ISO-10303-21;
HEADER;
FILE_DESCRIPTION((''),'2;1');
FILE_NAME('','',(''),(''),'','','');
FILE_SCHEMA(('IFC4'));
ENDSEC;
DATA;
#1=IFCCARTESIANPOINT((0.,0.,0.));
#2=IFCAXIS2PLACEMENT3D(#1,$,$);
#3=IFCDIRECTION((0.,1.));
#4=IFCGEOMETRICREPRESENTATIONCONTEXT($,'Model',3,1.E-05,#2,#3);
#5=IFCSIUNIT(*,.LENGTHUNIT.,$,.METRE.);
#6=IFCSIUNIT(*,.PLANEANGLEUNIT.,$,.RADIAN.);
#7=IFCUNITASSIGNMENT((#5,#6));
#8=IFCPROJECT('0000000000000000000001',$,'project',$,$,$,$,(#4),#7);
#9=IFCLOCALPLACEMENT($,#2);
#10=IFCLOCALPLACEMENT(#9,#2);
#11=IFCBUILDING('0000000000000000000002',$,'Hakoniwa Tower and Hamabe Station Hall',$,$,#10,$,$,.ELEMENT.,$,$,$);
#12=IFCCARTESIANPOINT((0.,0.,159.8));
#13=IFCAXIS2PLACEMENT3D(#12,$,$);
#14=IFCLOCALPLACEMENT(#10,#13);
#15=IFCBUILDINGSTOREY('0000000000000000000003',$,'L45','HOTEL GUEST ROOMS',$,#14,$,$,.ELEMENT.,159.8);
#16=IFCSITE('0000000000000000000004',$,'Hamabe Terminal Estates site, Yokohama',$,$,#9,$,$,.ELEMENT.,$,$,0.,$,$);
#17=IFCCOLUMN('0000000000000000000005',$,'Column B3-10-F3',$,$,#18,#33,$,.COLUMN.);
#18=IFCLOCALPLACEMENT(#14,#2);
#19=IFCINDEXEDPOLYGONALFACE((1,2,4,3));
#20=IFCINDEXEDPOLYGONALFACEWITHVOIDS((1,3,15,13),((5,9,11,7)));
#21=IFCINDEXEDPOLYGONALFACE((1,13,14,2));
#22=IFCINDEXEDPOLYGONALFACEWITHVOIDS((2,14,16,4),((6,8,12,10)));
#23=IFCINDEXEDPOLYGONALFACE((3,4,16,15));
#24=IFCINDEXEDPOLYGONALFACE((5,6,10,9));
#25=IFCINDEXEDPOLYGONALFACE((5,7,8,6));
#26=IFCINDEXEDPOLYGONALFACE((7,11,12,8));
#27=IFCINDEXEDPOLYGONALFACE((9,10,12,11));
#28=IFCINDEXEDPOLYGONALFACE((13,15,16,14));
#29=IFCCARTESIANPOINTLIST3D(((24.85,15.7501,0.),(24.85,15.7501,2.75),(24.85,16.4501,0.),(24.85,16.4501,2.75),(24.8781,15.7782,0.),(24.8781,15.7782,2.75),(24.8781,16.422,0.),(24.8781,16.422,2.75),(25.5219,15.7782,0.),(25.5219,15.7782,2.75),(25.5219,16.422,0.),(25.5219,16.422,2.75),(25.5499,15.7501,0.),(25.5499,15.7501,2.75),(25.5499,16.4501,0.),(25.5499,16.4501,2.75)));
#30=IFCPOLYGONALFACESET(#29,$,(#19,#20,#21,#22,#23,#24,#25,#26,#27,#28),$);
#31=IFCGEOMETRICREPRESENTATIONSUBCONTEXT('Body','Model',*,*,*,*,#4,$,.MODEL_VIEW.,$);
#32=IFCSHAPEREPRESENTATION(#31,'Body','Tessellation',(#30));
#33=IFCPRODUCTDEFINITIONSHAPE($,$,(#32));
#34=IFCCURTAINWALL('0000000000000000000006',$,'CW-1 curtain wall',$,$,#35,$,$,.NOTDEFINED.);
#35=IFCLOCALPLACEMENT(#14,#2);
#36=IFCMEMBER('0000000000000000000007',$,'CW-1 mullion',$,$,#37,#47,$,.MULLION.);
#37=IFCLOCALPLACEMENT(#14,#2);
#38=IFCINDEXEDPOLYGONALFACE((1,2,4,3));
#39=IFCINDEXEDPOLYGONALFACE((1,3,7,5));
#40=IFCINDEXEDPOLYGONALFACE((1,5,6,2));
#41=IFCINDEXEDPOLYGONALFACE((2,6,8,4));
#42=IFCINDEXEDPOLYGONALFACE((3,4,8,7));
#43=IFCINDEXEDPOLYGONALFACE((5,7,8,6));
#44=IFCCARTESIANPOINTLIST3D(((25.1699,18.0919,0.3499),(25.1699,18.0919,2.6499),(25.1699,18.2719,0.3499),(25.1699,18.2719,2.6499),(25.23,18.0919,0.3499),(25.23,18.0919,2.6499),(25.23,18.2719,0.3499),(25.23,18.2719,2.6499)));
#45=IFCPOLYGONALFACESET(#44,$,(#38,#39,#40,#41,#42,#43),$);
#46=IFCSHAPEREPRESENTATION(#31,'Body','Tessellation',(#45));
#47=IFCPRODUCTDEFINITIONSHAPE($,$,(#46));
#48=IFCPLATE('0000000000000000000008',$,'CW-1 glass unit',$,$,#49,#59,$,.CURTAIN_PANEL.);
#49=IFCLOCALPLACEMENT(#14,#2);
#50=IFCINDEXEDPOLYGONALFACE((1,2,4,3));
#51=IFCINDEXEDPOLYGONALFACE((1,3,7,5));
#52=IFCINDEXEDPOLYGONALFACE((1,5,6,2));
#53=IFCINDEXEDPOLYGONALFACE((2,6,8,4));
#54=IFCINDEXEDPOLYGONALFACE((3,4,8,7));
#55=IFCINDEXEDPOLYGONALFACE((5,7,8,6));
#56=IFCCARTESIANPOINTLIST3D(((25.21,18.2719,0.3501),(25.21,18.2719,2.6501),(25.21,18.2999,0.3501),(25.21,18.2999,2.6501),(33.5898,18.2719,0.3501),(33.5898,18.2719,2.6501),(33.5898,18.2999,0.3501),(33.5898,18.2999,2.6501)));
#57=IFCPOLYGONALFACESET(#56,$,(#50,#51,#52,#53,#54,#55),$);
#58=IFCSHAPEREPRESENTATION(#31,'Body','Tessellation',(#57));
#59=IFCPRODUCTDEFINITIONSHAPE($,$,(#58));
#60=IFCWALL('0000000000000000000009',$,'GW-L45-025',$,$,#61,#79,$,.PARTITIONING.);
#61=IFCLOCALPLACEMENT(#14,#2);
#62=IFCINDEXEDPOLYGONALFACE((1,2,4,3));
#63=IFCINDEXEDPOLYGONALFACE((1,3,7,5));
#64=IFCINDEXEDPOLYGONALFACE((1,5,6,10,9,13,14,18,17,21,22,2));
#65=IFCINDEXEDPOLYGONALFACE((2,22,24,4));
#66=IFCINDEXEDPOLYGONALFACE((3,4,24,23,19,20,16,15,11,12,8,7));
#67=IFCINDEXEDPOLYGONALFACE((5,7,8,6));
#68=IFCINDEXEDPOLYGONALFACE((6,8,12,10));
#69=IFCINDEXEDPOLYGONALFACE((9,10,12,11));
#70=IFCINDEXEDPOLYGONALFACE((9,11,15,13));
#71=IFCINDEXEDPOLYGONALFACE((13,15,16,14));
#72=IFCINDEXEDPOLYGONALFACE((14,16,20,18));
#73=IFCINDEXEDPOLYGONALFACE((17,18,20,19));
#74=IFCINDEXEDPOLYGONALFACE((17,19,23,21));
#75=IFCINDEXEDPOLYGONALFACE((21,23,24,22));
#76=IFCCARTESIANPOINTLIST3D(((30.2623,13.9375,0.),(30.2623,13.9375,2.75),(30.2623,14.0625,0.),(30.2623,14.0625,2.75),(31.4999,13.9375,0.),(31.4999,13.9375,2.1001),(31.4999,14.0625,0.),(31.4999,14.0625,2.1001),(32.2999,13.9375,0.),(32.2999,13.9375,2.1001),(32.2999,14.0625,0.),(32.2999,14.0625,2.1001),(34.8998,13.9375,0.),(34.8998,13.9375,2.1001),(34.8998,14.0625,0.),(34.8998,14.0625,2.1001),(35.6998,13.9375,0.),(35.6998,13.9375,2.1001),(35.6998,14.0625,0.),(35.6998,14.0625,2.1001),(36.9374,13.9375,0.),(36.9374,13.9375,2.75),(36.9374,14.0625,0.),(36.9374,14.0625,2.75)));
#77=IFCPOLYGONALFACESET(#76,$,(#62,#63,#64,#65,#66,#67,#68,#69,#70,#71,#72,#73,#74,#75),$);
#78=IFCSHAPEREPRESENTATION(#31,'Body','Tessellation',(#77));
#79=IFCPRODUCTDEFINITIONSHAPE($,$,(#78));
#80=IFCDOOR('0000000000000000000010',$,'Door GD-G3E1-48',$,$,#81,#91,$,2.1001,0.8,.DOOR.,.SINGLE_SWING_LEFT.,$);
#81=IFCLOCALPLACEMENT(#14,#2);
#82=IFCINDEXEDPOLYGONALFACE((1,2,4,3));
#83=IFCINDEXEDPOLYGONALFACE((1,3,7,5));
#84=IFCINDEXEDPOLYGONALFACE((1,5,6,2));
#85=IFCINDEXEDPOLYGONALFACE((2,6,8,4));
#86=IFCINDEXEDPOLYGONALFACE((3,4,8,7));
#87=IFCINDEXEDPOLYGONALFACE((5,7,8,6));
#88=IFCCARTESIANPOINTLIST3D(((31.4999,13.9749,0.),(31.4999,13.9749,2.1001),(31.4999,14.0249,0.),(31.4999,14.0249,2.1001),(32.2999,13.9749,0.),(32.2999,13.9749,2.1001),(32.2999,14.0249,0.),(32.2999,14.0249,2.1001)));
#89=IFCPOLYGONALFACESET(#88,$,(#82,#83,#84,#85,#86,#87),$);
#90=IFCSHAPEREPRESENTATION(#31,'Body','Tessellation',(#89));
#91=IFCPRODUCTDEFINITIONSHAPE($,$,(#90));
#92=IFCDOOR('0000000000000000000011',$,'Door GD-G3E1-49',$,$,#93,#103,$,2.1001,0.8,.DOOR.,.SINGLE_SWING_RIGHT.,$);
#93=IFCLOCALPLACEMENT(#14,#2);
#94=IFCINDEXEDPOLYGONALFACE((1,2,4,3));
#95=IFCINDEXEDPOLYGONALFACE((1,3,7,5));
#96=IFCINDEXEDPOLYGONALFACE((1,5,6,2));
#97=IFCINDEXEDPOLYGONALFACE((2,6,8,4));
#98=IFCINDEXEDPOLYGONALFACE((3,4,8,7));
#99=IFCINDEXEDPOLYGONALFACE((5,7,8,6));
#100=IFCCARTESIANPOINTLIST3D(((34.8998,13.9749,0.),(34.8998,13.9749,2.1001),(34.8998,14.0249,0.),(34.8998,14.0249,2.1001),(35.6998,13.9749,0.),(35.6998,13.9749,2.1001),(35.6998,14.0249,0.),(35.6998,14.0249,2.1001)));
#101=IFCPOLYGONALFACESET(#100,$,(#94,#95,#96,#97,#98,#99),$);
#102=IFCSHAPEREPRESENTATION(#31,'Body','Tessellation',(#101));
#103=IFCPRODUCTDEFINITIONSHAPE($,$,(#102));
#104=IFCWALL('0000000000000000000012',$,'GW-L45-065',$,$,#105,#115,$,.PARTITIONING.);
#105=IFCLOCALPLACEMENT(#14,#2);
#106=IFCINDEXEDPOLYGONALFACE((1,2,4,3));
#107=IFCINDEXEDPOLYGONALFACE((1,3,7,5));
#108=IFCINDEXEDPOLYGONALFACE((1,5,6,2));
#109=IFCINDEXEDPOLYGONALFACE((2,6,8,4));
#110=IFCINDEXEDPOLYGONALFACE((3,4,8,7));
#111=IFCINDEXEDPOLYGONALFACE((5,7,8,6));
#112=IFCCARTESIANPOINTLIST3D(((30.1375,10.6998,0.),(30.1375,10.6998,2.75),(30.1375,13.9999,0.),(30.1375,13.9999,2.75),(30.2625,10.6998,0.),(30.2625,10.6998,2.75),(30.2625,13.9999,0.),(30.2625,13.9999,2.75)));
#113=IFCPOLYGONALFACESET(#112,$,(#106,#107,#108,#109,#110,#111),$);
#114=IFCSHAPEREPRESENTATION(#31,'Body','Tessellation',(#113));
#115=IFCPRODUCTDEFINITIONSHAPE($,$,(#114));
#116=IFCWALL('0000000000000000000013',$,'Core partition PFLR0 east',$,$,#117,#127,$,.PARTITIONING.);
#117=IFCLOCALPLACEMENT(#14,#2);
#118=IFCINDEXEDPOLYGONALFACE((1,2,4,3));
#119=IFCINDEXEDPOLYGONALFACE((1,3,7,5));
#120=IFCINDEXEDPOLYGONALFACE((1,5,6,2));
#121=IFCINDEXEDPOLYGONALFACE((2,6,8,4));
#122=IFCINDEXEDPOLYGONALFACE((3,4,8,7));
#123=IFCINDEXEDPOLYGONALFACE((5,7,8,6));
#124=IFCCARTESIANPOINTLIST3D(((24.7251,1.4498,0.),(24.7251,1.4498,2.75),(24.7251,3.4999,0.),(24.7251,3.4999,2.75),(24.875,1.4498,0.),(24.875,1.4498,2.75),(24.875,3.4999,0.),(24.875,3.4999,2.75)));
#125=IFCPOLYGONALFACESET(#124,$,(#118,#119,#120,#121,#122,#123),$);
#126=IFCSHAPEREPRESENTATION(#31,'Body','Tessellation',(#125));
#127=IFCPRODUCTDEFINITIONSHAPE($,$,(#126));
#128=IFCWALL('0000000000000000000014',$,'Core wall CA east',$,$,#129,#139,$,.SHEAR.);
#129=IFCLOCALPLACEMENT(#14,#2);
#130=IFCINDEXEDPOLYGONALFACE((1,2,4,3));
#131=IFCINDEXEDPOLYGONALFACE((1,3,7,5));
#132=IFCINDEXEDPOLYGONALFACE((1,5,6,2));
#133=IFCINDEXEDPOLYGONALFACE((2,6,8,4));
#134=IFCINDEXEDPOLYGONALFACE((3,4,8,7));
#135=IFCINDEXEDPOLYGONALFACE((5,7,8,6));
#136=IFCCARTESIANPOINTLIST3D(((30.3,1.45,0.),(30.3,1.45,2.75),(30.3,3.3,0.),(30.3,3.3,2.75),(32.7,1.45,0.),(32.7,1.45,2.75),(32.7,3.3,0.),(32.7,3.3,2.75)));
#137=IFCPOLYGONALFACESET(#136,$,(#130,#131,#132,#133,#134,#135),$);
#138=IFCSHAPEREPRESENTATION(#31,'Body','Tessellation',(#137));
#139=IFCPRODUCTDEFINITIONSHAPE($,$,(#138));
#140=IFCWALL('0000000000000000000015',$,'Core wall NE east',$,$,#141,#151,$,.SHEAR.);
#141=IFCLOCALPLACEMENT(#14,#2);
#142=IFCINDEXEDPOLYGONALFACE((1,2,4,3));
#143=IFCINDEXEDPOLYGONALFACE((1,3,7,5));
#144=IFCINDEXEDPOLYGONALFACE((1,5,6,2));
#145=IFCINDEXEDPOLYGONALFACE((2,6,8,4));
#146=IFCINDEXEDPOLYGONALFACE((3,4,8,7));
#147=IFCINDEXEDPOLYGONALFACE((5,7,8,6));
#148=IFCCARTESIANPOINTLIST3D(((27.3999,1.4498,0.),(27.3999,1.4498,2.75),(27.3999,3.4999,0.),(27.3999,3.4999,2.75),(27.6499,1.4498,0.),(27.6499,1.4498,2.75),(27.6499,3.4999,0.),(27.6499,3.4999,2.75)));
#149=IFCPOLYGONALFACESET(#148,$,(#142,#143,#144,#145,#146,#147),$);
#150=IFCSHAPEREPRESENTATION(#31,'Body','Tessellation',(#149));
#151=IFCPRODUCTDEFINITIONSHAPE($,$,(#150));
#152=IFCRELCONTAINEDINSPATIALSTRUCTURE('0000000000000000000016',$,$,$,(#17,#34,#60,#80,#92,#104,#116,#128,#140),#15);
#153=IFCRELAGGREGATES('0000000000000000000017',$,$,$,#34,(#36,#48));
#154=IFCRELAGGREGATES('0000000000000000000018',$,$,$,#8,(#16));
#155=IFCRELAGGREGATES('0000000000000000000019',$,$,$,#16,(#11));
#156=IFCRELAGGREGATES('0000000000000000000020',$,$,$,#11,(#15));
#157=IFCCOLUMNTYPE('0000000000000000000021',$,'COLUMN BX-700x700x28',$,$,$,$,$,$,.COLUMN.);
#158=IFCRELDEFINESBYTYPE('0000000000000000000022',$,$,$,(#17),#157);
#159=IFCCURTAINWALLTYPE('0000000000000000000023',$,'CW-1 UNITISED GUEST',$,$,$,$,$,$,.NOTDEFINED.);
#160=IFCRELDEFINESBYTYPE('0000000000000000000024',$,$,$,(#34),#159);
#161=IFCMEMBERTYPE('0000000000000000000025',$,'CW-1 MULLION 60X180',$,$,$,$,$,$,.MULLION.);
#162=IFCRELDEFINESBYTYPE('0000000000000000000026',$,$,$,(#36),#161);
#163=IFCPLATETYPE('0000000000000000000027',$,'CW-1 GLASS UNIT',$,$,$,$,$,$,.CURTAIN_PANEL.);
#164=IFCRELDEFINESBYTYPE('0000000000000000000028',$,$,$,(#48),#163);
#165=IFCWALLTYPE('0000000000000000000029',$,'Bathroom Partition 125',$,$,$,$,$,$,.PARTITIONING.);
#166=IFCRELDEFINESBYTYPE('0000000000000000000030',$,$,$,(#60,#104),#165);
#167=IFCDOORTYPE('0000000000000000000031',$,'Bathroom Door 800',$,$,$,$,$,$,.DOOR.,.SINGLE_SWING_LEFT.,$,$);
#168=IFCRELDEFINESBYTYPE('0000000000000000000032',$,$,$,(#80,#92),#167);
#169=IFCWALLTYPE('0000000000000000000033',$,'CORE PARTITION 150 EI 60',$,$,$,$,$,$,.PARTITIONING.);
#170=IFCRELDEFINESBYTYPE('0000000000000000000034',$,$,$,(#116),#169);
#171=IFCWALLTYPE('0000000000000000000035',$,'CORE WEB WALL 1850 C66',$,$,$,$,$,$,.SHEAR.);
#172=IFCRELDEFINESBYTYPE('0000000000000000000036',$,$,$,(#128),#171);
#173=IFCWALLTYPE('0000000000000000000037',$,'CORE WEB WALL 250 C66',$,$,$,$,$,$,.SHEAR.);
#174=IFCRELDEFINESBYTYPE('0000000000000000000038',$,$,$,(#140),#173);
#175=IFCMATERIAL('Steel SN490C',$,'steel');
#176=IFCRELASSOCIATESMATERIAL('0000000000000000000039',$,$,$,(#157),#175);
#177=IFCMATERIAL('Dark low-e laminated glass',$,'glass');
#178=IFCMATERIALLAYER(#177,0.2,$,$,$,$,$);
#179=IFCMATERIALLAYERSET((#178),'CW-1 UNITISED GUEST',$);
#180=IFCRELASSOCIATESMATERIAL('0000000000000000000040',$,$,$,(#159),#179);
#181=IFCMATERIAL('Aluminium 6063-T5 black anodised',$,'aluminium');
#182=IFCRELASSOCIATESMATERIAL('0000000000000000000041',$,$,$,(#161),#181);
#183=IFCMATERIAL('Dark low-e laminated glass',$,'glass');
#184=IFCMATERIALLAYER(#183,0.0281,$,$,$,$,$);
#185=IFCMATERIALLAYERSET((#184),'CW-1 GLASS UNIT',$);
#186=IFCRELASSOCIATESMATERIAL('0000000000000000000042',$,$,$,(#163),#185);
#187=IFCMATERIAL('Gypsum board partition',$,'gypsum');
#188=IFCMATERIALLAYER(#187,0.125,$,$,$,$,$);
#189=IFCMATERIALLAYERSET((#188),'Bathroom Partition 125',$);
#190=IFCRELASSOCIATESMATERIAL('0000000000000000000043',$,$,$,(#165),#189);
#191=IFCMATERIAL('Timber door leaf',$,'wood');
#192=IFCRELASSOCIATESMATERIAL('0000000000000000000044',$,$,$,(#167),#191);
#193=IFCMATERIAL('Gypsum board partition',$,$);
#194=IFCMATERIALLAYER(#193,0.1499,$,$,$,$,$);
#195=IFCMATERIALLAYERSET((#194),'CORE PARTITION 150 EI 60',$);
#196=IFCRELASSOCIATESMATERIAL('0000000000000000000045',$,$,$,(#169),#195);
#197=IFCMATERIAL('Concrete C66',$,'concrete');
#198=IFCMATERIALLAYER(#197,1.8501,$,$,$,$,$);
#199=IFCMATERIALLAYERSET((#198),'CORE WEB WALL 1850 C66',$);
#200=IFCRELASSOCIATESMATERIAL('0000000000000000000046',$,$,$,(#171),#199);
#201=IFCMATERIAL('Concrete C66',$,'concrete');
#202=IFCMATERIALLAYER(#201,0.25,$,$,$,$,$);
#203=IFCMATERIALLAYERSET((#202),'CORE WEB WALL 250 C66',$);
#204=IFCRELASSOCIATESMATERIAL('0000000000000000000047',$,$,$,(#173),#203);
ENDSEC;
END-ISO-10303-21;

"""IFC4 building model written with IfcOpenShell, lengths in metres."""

from ifc_helpers import new_model, si_unit, direction, frame, frame_2d, origin, origin_2d, place, context, subcontext, project, spatial, rectangle, hollow_rectangle, extrude, material, layer, layer_set, material_profile, profile_set, type_object, element, fill, aggregate, save


model = new_model("IFC4")

# Units and contexts
model_context = context("Model", 3, precision=1e-05, world=origin(), true_north=direction((0.0, 1.0)))
body_context = subcontext(model_context, "Body", "Model", "MODEL_VIEW")
ifc_project = project(units=[si_unit("LENGTHUNIT", "METRE"), si_unit("PLANEANGLEUNIT", "RADIAN")], contexts=[model_context])

# Site, building, storey
site_placement = place(None, origin())
site = spatial("IfcSite", under=ifc_project, at=site_placement, Name="Hamabe Terminal Estates site, Yokohama", CompositionType="ELEMENT", RefElevation=0.0)
building_placement = place(site_placement, origin())
building = spatial("IfcBuilding", under=site, at=building_placement, Name="Hakoniwa Tower and Hamabe Station Hall", CompositionType="ELEMENT")
storey_placement = place(building_placement, frame((0.0, 0.0, 159.8)))
storey = spatial("IfcBuildingStorey", under=building, at=storey_placement, Name="L45", Description="HOTEL GUEST ROOMS", CompositionType="ELEMENT", Elevation=159.8)

# Column
ifc_material_1 = material(Name="Steel SN490C", Category="steel")
ifc_material_profile_1 = material_profile(ifc_material_1, hollow_rectangle(XDim=0.7, YDim=0.7, WallThickness=0.0281, at=origin_2d()), Name="BX-700x700x28")
ifc_profile_set_1 = profile_set([ifc_material_profile_1], Name="Steel SN490C")
column_type = type_object("IfcColumnType", Name="COLUMN BX-700x700x28", PredefinedType="COLUMN", material=ifc_profile_set_1)
column_placement = place(storey_placement, frame((25.2, 16.1001, 0.0), z_axis=(0.0, 0.0, 1.0), x_axis=(1.0, 0.0, 0.0)))
element("IfcColumn", 1, at=column_placement, inside=storey, type_object=column_type, Name="Column B3-10-F3", PredefinedType="COLUMN", context=body_context, shape_type="SweptSolid", body=[
    extrude(hollow_rectangle(XDim=0.7, YDim=0.7, WallThickness=0.0281, at=origin_2d()), origin(), (0.0, 0.0, 1.0), 2.75),
])

# Curtain wall, member, plate
ifc_material_2 = material(Name="Dark low-e laminated glass", Category="glass")
ifc_layer_1 = layer(ifc_material_2, 0.2)
ifc_layer_set_1 = layer_set([ifc_layer_1], Name="CW-1 UNITISED GUEST")
curtain_wall_type = type_object("IfcCurtainWallType", Name="CW-1 UNITISED GUEST", PredefinedType="NOTDEFINED", material=ifc_layer_set_1)
curtain_wall_placement = place(storey_placement, origin())
curtain_wall = element("IfcCurtainWall", 2, at=curtain_wall_placement, inside=storey, type_object=curtain_wall_type, Name="CW-1 curtain wall", PredefinedType="NOTDEFINED")
ifc_material_3 = material(Name="Aluminium 6063-T5 black anodised", Category="aluminium")
ifc_material_profile_2 = material_profile(ifc_material_3, rectangle(XDim=0.0601, YDim=0.1799, at=origin_2d()), Name="CW-1 MULLION 60X180")
ifc_profile_set_2 = profile_set([ifc_material_profile_2], Name="Aluminium 6063-T5 black anodised")
member_type = type_object("IfcMemberType", Name="CW-1 MULLION 60X180", PredefinedType="MULLION", material=ifc_profile_set_2)
member_placement = place(storey_placement, frame((25.2, 18.1819, 0.3499), z_axis=(0.0, 0.0, 1.0), x_axis=(-1.0, 0.0, 0.0)))
member = element("IfcMember", 3, at=member_placement, type_object=member_type, Name="CW-1 mullion", PredefinedType="MULLION", context=body_context, shape_type="SweptSolid", body=[
    extrude(rectangle(XDim=0.0601, YDim=0.1799, at=origin_2d()), origin(), (0.0, 0.0, 1.0), 2.3),
])
ifc_material_4 = material(Name="Dark low-e laminated glass", Category="glass")
ifc_layer_2 = layer(ifc_material_4, 0.0281)
ifc_layer_set_2 = layer_set([ifc_layer_2], Name="CW-1 GLASS UNIT")
plate_type = type_object("IfcPlateType", Name="CW-1 GLASS UNIT", PredefinedType="CURTAIN_PANEL", material=ifc_layer_set_2)
plate_placement = place(storey_placement, frame((29.3999, 18.2859, 0.3501), z_axis=(0.0, 0.0, 1.0), x_axis=(-1.0, 0.0, 0.0)))
plate = element("IfcPlate", 4, at=plate_placement, type_object=plate_type, Name="CW-1 glass unit", PredefinedType="CURTAIN_PANEL", context=body_context, shape_type="SweptSolid", body=[
    extrude(rectangle(XDim=8.3799, YDim=0.0281, at=origin_2d()), origin(), (0.0, 0.0, 1.0), 2.3),
])
aggregate(curtain_wall, [member, plate])

# Wall, openings, doors
ifc_material_5 = material(Name="Gypsum board partition", Category="gypsum")
ifc_layer_3 = layer(ifc_material_5, 0.125)
ifc_layer_set_3 = layer_set([ifc_layer_3], Name="Bathroom Partition 125")
wall_type_1 = type_object("IfcWallType", Name="Bathroom Partition 125", PredefinedType="PARTITIONING", material=ifc_layer_set_3)
wall_1_placement = place(storey_placement, frame((30.2625, 14.0, 0.0), z_axis=(0.0, 0.0, 1.0), x_axis=(1.0, 0.0, 0.0)))
wall_1 = element("IfcWall", 5, at=wall_1_placement, inside=storey, type_object=wall_type_1, Name="GW-L45-025", PredefinedType="PARTITIONING", context=body_context, shape_type="SweptSolid", body=[
    extrude(rectangle(XDim=6.675, YDim=0.125, at=frame_2d((3.3374, 0.0))), origin(), (0.0, 0.0, 1.0), 2.75),
])
opening_1_placement = place(wall_1_placement, frame((1.2375, 0.0, 0.0)))
opening_1 = element("IfcOpeningElement", 6, at=opening_1_placement, cuts=wall_1, PredefinedType="OPENING", context=body_context, shape_type="SweptSolid", body=[
    extrude(rectangle(XDim=0.8, YDim=2.1001, at=frame_2d((0.3999, 1.05))), frame((0.0, 0.0725, 0.0), z_axis=(0.0, -1.0, 0.0), x_axis=(1.0, 0.0, 0.0)), (0.0, 0.0, 1.0), 0.145),
])
opening_2_placement = place(wall_1_placement, frame((4.6375, 0.0, 0.0)))
opening_2 = element("IfcOpeningElement", 7, at=opening_2_placement, cuts=wall_1, PredefinedType="OPENING", context=body_context, shape_type="SweptSolid", body=[
    extrude(rectangle(XDim=0.8, YDim=2.1001, at=frame_2d((0.3999, 1.05))), frame((0.0, 0.0725, 0.0), z_axis=(0.0, -1.0, 0.0), x_axis=(1.0, 0.0, 0.0)), (0.0, 0.0, 1.0), 0.145),
])
ifc_material_6 = material(Name="Timber door leaf", Category="wood")
door_type_1 = type_object("IfcDoorType", Name="Bathroom Door 800", OperationType="SINGLE_SWING_LEFT", PredefinedType="DOOR", material=ifc_material_6)
door_1_placement = place(opening_1_placement, origin())
door_1 = element("IfcDoor", 8, at=door_1_placement, inside=storey, type_object=door_type_1, Name="Door GD-G3E1-48", OperationType="SINGLE_SWING_LEFT", OverallHeight=2.1001, OverallWidth=0.8, PredefinedType="DOOR", context=body_context, shape_type="SweptSolid", body=[
    extrude(rectangle(XDim=0.8, YDim=2.1001, at=frame_2d((0.3999, 1.05))), frame((0.0, 0.0249, 0.0), z_axis=(0.0, -1.0, 0.0), x_axis=(1.0, 0.0, 0.0)), (0.0, 0.0, 1.0), 0.05),
])
fill(opening_1, door_1)
door_2_placement = place(opening_2_placement, origin())
door_2 = element("IfcDoor", 9, at=door_2_placement, inside=storey, type_object=door_type_1, Name="Door GD-G3E1-49", OperationType="SINGLE_SWING_RIGHT", OverallHeight=2.1001, OverallWidth=0.8, PredefinedType="DOOR", context=body_context, shape_type="SweptSolid", body=[
    extrude(rectangle(XDim=0.8, YDim=2.1001, at=frame_2d((0.3999, 1.05))), frame((0.0, 0.0249, 0.0), z_axis=(0.0, -1.0, 0.0), x_axis=(1.0, 0.0, 0.0)), (0.0, 0.0, 1.0), 0.05),
])
fill(opening_2, door_2)

# Walls
wall_2_placement = place(storey_placement, frame((30.2, 10.7, 0.0), z_axis=(0.0, 0.0, 1.0), x_axis=(0.0, 1.0, 0.0)))
element("IfcWall", 10, at=wall_2_placement, inside=storey, type_object=wall_type_1, Name="GW-L45-065", PredefinedType="PARTITIONING", context=body_context, shape_type="SweptSolid", body=[
    extrude(rectangle(XDim=3.3, YDim=0.125, at=frame_2d((1.6499, 0.0))), origin(), (0.0, 0.0, 1.0), 2.75),
])
ifc_material_7 = material(Name="Gypsum board partition")
ifc_layer_4 = layer(ifc_material_7, 0.1499)
ifc_layer_set_4 = layer_set([ifc_layer_4], Name="CORE PARTITION 150 EI 60")
wall_type_2 = type_object("IfcWallType", Name="CORE PARTITION 150 EI 60", PredefinedType="PARTITIONING", material=ifc_layer_set_4)
wall_3_placement = place(storey_placement, frame((24.8, 1.45, 0.0), z_axis=(0.0, 0.0, 1.0), x_axis=(0.0, 1.0, 0.0)))
element("IfcWall", 11, at=wall_3_placement, inside=storey, type_object=wall_type_2, Name="Core partition PFLR0 east", PredefinedType="PARTITIONING", context=body_context, shape_type="SweptSolid", body=[
    extrude(rectangle(XDim=2.05, YDim=0.1499, at=frame_2d((1.0249, 0.0))), origin(), (0.0, 0.0, 1.0), 2.75),
])
ifc_material_8 = material(Name="Concrete C66", Category="concrete")
ifc_layer_5 = layer(ifc_material_8, 1.8501)
ifc_layer_set_5 = layer_set([ifc_layer_5], Name="CORE WEB WALL 1850 C66")
wall_type_3 = type_object("IfcWallType", Name="CORE WEB WALL 1850 C66", PredefinedType="SHEAR", material=ifc_layer_set_5)
wall_4_placement = place(storey_placement, frame((30.3, 2.375, 0.0), z_axis=(0.0, 0.0, 1.0), x_axis=(1.0, 0.0, 0.0)))
element("IfcWall", 12, at=wall_4_placement, inside=storey, type_object=wall_type_3, Name="Core wall CA east", PredefinedType="SHEAR", context=body_context, shape_type="SweptSolid", body=[
    extrude(rectangle(XDim=2.3999, YDim=1.8501, at=frame_2d((1.2, 0.0))), origin(), (0.0, 0.0, 1.0), 2.75),
])
ifc_material_9 = material(Name="Concrete C66", Category="concrete")
ifc_layer_6 = layer(ifc_material_9, 0.25)
ifc_layer_set_6 = layer_set([ifc_layer_6], Name="CORE WEB WALL 250 C66")
wall_type_4 = type_object("IfcWallType", Name="CORE WEB WALL 250 C66", PredefinedType="SHEAR", material=ifc_layer_set_6)
wall_5_placement = place(storey_placement, frame((27.5249, 1.45, 0.0), z_axis=(0.0, 0.0, 1.0), x_axis=(0.0, 1.0, 0.0)))
element("IfcWall", 13, at=wall_5_placement, inside=storey, type_object=wall_type_4, Name="Core wall NE east", PredefinedType="SHEAR", context=body_context, shape_type="SweptSolid", body=[
    extrude(rectangle(XDim=2.05, YDim=0.25, at=frame_2d((1.0249, 0.0))), origin(), (0.0, 0.0, 1.0), 2.75),
])

save(model, "model.ifc")
